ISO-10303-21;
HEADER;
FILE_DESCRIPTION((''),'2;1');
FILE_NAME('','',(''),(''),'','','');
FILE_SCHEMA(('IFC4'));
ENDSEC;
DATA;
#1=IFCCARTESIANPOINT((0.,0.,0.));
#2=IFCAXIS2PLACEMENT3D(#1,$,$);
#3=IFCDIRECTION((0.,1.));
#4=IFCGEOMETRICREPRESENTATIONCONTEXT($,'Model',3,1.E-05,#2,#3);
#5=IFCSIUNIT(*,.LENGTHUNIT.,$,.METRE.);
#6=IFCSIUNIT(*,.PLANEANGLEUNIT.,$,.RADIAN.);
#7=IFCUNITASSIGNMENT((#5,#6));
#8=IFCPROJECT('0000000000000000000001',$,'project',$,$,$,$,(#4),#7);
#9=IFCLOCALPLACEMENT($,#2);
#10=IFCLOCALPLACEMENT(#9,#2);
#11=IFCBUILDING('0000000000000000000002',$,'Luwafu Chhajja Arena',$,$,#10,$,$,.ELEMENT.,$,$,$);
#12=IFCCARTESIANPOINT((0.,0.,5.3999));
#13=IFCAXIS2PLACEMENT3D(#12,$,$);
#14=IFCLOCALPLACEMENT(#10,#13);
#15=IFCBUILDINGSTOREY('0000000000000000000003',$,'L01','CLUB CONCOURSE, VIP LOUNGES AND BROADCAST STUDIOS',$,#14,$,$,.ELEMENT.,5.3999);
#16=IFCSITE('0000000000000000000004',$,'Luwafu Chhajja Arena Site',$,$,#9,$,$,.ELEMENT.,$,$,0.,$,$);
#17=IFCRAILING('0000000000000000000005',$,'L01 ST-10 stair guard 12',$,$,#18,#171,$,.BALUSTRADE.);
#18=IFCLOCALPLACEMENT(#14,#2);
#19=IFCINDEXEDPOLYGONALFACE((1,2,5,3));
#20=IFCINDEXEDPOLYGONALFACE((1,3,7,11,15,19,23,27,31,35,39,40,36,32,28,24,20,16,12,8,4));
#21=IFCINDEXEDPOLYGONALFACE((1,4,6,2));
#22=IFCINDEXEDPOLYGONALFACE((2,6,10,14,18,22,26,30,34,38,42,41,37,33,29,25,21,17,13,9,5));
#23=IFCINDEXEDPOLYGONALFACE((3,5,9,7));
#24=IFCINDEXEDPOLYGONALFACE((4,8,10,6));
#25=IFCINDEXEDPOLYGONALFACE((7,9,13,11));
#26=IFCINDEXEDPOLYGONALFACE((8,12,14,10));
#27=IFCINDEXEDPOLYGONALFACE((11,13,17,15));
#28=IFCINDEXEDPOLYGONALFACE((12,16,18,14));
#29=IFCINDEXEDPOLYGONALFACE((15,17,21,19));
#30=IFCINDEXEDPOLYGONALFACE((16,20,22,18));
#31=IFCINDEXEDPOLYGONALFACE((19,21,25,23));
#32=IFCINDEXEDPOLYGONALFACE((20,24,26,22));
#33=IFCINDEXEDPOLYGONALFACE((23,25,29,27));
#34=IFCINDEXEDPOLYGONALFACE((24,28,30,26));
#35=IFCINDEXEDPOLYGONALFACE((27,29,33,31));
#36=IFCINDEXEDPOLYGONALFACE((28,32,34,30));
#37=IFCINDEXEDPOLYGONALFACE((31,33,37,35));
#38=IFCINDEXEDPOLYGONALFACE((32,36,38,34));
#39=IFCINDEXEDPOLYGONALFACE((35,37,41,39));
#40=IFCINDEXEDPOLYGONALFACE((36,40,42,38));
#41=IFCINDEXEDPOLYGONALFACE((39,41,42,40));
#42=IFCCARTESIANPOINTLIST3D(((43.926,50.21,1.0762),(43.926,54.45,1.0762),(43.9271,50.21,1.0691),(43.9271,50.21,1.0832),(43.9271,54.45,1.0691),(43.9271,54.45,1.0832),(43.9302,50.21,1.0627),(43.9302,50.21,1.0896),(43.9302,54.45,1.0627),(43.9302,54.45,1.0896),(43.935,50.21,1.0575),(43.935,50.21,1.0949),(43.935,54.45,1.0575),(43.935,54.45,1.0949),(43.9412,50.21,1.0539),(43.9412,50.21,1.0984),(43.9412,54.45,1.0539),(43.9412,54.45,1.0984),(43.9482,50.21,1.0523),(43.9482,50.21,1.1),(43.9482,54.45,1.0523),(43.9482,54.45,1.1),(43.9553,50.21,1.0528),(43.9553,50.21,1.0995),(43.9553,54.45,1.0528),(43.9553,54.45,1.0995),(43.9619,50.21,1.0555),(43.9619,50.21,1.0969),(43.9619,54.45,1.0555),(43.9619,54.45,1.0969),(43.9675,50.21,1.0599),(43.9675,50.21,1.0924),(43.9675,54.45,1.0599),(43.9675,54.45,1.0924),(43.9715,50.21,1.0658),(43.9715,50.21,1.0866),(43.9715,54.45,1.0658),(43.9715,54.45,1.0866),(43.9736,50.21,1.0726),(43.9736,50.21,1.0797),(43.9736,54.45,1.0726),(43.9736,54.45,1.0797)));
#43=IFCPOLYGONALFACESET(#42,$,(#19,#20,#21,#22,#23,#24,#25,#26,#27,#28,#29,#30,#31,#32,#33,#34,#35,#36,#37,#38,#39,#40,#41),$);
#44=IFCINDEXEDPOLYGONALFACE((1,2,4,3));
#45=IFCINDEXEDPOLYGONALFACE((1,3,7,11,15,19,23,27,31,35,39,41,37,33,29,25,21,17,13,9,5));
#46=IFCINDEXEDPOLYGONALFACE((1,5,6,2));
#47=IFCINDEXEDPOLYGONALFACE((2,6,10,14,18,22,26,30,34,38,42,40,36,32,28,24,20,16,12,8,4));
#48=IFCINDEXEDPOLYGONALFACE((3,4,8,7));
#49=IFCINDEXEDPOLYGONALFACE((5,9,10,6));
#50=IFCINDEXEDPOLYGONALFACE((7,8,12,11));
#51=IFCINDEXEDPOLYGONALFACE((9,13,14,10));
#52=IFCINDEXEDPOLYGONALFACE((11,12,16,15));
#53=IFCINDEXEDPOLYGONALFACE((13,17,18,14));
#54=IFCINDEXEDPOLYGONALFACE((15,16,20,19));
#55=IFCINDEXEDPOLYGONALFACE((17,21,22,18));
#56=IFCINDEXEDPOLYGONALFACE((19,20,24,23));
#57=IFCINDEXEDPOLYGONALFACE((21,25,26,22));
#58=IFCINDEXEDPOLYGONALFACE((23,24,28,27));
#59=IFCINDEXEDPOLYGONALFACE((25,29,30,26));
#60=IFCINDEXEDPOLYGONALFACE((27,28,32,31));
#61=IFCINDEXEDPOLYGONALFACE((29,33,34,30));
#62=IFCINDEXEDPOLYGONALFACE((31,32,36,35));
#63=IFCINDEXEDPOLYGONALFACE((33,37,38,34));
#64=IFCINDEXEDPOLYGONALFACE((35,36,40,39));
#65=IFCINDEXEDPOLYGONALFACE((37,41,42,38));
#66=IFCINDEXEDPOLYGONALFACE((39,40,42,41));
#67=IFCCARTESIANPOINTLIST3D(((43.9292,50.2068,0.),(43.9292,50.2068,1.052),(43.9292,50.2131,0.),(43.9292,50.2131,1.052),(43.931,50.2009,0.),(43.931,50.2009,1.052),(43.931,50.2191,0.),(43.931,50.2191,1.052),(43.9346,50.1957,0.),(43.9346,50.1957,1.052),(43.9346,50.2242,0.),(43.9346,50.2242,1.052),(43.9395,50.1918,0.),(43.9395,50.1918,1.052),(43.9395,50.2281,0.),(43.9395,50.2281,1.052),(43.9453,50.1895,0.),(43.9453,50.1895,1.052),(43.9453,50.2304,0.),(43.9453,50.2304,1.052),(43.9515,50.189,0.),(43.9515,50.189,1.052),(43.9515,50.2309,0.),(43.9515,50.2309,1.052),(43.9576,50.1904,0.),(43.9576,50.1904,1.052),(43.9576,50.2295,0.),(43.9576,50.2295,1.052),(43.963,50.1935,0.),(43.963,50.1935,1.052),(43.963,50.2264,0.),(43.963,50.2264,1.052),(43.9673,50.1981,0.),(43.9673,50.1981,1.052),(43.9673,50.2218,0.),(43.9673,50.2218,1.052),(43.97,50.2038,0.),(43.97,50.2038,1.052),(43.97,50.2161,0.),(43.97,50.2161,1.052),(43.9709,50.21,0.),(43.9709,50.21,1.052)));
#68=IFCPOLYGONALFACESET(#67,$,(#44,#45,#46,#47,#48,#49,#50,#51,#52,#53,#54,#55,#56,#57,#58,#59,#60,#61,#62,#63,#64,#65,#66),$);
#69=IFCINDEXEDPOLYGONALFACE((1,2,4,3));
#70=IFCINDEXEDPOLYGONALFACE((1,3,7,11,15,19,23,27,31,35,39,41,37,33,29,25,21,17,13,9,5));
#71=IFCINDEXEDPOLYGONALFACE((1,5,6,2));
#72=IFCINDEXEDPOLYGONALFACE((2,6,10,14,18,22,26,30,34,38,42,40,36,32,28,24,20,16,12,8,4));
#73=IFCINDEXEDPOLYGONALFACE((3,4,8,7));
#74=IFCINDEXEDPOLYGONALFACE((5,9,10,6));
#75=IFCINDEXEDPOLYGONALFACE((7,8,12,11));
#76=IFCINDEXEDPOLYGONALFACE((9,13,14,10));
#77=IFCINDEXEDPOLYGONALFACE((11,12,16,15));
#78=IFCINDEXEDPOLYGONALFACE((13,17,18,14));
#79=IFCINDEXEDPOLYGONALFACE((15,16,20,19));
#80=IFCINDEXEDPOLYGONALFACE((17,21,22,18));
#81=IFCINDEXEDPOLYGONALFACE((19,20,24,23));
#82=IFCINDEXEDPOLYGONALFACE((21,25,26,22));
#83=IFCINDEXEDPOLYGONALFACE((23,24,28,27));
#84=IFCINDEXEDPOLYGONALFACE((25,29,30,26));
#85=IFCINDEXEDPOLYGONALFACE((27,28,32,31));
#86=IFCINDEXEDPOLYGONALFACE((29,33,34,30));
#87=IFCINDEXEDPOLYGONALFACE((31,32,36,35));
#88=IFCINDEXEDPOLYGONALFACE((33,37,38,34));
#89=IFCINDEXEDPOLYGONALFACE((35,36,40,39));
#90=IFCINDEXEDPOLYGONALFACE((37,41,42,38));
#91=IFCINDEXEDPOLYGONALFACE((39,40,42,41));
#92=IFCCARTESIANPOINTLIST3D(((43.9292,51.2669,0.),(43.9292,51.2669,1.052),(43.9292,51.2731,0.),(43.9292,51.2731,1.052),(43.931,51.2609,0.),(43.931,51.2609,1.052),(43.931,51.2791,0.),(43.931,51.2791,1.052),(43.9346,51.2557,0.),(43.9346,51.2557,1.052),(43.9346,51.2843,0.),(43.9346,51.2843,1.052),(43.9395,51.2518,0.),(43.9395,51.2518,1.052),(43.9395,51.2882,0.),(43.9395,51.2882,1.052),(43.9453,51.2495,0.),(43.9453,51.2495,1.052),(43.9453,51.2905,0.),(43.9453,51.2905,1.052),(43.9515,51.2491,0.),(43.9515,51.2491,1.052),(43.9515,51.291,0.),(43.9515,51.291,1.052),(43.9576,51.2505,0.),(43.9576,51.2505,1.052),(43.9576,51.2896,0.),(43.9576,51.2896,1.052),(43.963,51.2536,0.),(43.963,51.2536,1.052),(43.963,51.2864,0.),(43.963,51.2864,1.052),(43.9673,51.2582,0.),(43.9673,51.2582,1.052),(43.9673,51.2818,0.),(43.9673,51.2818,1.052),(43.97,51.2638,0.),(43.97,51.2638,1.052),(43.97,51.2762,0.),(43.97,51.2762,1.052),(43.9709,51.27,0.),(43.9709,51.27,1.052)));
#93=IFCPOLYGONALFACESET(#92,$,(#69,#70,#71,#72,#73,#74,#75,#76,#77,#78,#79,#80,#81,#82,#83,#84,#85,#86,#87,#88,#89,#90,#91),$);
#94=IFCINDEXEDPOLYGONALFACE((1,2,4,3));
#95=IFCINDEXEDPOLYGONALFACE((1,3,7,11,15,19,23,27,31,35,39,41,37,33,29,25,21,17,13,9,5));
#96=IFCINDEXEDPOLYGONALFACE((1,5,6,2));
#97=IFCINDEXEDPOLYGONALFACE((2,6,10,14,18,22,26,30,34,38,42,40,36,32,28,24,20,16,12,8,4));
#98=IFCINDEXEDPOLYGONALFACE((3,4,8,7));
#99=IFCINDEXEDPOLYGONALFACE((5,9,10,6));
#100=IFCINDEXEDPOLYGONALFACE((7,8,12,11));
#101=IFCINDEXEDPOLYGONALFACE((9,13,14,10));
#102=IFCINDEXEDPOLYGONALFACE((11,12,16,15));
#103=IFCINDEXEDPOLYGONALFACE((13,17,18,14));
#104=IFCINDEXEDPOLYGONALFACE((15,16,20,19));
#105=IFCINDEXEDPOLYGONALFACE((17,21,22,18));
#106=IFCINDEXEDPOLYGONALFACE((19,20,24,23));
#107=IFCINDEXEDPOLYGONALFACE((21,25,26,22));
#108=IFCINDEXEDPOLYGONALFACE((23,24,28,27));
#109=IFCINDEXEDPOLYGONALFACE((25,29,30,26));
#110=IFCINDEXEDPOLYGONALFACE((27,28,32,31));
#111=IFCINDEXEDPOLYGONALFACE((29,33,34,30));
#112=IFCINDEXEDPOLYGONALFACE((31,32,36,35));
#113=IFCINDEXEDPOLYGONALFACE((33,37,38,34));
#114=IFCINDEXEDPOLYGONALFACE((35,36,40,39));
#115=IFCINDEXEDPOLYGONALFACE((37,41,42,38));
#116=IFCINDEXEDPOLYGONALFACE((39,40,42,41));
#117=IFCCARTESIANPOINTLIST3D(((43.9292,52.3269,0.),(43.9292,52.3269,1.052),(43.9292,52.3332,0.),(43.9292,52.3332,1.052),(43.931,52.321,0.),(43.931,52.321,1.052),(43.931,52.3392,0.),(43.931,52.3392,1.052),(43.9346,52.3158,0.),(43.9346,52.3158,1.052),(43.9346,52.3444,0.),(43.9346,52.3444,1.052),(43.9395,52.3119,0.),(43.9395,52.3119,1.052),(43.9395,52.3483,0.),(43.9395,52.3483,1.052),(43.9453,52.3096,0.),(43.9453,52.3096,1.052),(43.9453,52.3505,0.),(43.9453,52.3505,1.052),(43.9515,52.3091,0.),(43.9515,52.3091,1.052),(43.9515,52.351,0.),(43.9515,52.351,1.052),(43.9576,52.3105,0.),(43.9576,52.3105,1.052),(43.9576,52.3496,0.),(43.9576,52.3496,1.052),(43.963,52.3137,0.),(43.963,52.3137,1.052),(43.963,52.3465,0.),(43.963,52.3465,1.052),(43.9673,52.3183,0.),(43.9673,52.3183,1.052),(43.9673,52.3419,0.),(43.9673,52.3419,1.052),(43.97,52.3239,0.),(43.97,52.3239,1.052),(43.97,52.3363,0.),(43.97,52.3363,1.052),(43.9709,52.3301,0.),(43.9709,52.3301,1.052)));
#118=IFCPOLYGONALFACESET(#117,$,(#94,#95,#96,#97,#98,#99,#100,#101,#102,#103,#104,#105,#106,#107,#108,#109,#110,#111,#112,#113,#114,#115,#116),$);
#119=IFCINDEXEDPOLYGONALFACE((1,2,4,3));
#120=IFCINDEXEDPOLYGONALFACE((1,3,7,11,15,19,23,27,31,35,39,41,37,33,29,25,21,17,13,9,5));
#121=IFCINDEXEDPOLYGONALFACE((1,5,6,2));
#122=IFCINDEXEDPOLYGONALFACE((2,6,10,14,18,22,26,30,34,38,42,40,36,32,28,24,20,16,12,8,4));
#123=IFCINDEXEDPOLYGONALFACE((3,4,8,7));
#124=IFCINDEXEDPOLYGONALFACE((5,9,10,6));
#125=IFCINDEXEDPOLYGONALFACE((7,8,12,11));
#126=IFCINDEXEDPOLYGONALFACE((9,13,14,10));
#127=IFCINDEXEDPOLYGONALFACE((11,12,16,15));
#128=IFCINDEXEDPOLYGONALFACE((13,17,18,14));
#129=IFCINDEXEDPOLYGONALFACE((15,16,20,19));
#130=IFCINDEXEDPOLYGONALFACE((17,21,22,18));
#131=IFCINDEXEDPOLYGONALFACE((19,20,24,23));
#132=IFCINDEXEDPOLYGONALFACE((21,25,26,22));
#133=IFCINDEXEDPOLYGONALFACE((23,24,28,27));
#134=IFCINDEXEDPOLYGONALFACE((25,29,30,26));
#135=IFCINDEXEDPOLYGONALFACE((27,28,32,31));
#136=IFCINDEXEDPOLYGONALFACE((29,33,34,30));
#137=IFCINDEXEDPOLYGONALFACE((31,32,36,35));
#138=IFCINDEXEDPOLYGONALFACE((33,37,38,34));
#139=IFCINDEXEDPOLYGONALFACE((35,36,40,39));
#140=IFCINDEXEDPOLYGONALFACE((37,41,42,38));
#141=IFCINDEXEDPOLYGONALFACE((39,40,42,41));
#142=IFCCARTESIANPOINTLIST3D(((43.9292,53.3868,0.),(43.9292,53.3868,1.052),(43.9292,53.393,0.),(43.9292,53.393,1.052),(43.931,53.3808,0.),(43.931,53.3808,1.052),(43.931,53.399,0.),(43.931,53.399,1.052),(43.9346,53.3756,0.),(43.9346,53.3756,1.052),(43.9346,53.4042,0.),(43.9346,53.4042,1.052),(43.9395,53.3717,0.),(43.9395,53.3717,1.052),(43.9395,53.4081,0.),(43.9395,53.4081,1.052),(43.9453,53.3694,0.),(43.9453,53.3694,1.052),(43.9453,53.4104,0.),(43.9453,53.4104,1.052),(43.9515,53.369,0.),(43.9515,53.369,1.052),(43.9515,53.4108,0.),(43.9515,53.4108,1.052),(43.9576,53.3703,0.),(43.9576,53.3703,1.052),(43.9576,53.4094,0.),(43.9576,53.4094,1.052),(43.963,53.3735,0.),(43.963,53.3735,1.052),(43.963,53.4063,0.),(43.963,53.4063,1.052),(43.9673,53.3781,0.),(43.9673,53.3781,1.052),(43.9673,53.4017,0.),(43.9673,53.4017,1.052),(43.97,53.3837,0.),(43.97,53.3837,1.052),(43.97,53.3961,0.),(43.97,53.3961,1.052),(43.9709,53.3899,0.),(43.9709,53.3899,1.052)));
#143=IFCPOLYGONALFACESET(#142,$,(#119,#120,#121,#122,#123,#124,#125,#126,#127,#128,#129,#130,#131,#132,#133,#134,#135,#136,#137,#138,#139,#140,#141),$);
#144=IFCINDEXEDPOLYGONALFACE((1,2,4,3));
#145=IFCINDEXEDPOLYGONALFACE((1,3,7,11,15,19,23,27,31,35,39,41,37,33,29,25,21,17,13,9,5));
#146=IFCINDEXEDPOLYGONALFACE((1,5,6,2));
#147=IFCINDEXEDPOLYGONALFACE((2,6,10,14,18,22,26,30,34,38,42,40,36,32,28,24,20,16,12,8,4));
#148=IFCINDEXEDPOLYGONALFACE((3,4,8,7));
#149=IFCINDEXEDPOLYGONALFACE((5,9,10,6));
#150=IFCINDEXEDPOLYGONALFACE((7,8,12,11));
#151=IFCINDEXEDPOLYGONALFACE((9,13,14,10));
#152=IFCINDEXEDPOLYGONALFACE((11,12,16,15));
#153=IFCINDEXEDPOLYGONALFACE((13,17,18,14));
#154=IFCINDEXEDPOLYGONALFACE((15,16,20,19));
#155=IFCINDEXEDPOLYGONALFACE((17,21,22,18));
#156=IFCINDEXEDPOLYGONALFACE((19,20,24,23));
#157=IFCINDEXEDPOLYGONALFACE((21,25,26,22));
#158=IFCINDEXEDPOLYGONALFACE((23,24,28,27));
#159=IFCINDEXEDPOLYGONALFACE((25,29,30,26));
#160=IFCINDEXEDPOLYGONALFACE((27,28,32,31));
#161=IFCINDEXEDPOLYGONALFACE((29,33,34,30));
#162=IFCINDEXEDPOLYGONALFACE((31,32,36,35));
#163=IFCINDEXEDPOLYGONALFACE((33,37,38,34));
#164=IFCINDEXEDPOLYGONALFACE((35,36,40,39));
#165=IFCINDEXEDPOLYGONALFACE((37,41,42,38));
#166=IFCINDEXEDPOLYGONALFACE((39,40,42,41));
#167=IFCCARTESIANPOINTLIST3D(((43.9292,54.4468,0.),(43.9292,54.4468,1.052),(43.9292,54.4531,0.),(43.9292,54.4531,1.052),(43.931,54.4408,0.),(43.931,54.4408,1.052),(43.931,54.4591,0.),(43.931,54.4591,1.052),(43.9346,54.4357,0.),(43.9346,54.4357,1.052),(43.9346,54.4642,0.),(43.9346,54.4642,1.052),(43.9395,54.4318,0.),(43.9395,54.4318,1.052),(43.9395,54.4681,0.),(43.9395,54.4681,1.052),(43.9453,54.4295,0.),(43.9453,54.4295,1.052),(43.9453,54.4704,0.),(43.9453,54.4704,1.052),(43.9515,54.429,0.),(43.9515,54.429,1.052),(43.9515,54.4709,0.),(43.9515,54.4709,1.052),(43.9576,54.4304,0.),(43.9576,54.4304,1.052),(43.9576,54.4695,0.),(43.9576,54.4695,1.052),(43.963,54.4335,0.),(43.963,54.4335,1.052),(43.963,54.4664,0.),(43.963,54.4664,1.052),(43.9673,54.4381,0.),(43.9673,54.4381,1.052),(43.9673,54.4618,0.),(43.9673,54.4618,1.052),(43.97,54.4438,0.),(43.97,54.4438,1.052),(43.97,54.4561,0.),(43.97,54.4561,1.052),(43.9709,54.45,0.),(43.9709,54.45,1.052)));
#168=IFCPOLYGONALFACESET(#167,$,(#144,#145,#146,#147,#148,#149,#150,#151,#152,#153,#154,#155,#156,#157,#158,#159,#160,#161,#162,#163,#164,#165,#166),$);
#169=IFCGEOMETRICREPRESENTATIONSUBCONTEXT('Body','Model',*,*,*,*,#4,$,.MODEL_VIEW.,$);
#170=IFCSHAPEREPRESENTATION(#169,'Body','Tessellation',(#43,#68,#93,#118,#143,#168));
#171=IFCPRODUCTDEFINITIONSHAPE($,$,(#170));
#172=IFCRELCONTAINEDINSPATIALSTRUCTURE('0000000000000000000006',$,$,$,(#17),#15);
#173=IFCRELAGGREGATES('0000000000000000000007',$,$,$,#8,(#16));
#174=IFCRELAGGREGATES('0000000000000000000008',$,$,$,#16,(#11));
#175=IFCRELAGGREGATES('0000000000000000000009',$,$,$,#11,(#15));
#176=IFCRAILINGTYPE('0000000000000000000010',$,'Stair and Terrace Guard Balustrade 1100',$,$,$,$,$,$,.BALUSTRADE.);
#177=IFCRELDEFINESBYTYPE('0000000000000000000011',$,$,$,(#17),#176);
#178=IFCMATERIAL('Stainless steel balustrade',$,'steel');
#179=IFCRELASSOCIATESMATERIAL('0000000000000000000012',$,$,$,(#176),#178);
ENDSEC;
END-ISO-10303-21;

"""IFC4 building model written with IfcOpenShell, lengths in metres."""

from ifc_helpers import new_model, si_unit, direction, frame, origin, origin_2d, place, context, subcontext, project, spatial, circle, extrude, material, type_object, element, save


model = new_model("IFC4")

# Units and contexts
model_context = context("Model", 3, precision=1e-05, world=origin(), true_north=direction((0.0, 1.0)))
body_context = subcontext(model_context, "Body", "Model", "MODEL_VIEW")
ifc_project = project(units=[si_unit("LENGTHUNIT", "METRE"), si_unit("PLANEANGLEUNIT", "RADIAN")], contexts=[model_context])

# Site, building, storey
site_placement = place(None, origin())
site = spatial("IfcSite", under=ifc_project, at=site_placement, Name="Luwafu Chhajja Arena Site", CompositionType="ELEMENT", RefElevation=0.0)
building_placement = place(site_placement, origin())
building = spatial("IfcBuilding", under=site, at=building_placement, Name="Luwafu Chhajja Arena", CompositionType="ELEMENT")
storey_placement = place(building_placement, frame((0.0, 0.0, 5.3999)))
storey = spatial("IfcBuildingStorey", under=building, at=storey_placement, Name="L01", Description="CLUB CONCOURSE, VIP LOUNGES AND BROADCAST STUDIOS", CompositionType="ELEMENT", Elevation=5.3999)

# Railing
ifc_material_1 = material(Name="Stainless steel balustrade", Category="steel")
railing_type_1 = type_object("IfcRailingType", Name="Stair and Terrace Guard Balustrade 1100", PredefinedType="BALUSTRADE", material=ifc_material_1)
railing_1_placement = place(storey_placement, frame((43.95, 50.21, 0.0)))
element("IfcRailing", 1, at=railing_1_placement, inside=storey, type_object=railing_type_1, Name="L01 ST-10 stair guard 12", PredefinedType="BALUSTRADE", context=body_context, shape_type="SweptSolid", body=[
    extrude(circle(Radius=0.0239, at=origin_2d()), frame((0.0, 0.0, 1.0762), z_axis=(0.0, 1.0, 0.0), x_axis=(-1.0, 0.0, 0.0)), (0.0, 0.0, 1.0), 4.24),
    extrude(circle(Radius=0.021, at=origin_2d()), origin(), (0.0, 0.0, 1.0), 1.052),
    extrude(circle(Radius=0.021, at=origin_2d()), frame((0.0, 1.0601, 0.0)), (0.0, 0.0, 1.0), 1.052),
    extrude(circle(Radius=0.021, at=origin_2d()), frame((0.0, 2.1201, 0.0)), (0.0, 0.0, 1.0), 1.052),
    extrude(circle(Radius=0.021, at=origin_2d()), frame((0.0, 3.1799, 0.0)), (0.0, 0.0, 1.0), 1.052),
    extrude(circle(Radius=0.021, at=origin_2d()), frame((0.0, 4.24, 0.0)), (0.0, 0.0, 1.0), 1.052),
])

save(model, "model.ifc")
